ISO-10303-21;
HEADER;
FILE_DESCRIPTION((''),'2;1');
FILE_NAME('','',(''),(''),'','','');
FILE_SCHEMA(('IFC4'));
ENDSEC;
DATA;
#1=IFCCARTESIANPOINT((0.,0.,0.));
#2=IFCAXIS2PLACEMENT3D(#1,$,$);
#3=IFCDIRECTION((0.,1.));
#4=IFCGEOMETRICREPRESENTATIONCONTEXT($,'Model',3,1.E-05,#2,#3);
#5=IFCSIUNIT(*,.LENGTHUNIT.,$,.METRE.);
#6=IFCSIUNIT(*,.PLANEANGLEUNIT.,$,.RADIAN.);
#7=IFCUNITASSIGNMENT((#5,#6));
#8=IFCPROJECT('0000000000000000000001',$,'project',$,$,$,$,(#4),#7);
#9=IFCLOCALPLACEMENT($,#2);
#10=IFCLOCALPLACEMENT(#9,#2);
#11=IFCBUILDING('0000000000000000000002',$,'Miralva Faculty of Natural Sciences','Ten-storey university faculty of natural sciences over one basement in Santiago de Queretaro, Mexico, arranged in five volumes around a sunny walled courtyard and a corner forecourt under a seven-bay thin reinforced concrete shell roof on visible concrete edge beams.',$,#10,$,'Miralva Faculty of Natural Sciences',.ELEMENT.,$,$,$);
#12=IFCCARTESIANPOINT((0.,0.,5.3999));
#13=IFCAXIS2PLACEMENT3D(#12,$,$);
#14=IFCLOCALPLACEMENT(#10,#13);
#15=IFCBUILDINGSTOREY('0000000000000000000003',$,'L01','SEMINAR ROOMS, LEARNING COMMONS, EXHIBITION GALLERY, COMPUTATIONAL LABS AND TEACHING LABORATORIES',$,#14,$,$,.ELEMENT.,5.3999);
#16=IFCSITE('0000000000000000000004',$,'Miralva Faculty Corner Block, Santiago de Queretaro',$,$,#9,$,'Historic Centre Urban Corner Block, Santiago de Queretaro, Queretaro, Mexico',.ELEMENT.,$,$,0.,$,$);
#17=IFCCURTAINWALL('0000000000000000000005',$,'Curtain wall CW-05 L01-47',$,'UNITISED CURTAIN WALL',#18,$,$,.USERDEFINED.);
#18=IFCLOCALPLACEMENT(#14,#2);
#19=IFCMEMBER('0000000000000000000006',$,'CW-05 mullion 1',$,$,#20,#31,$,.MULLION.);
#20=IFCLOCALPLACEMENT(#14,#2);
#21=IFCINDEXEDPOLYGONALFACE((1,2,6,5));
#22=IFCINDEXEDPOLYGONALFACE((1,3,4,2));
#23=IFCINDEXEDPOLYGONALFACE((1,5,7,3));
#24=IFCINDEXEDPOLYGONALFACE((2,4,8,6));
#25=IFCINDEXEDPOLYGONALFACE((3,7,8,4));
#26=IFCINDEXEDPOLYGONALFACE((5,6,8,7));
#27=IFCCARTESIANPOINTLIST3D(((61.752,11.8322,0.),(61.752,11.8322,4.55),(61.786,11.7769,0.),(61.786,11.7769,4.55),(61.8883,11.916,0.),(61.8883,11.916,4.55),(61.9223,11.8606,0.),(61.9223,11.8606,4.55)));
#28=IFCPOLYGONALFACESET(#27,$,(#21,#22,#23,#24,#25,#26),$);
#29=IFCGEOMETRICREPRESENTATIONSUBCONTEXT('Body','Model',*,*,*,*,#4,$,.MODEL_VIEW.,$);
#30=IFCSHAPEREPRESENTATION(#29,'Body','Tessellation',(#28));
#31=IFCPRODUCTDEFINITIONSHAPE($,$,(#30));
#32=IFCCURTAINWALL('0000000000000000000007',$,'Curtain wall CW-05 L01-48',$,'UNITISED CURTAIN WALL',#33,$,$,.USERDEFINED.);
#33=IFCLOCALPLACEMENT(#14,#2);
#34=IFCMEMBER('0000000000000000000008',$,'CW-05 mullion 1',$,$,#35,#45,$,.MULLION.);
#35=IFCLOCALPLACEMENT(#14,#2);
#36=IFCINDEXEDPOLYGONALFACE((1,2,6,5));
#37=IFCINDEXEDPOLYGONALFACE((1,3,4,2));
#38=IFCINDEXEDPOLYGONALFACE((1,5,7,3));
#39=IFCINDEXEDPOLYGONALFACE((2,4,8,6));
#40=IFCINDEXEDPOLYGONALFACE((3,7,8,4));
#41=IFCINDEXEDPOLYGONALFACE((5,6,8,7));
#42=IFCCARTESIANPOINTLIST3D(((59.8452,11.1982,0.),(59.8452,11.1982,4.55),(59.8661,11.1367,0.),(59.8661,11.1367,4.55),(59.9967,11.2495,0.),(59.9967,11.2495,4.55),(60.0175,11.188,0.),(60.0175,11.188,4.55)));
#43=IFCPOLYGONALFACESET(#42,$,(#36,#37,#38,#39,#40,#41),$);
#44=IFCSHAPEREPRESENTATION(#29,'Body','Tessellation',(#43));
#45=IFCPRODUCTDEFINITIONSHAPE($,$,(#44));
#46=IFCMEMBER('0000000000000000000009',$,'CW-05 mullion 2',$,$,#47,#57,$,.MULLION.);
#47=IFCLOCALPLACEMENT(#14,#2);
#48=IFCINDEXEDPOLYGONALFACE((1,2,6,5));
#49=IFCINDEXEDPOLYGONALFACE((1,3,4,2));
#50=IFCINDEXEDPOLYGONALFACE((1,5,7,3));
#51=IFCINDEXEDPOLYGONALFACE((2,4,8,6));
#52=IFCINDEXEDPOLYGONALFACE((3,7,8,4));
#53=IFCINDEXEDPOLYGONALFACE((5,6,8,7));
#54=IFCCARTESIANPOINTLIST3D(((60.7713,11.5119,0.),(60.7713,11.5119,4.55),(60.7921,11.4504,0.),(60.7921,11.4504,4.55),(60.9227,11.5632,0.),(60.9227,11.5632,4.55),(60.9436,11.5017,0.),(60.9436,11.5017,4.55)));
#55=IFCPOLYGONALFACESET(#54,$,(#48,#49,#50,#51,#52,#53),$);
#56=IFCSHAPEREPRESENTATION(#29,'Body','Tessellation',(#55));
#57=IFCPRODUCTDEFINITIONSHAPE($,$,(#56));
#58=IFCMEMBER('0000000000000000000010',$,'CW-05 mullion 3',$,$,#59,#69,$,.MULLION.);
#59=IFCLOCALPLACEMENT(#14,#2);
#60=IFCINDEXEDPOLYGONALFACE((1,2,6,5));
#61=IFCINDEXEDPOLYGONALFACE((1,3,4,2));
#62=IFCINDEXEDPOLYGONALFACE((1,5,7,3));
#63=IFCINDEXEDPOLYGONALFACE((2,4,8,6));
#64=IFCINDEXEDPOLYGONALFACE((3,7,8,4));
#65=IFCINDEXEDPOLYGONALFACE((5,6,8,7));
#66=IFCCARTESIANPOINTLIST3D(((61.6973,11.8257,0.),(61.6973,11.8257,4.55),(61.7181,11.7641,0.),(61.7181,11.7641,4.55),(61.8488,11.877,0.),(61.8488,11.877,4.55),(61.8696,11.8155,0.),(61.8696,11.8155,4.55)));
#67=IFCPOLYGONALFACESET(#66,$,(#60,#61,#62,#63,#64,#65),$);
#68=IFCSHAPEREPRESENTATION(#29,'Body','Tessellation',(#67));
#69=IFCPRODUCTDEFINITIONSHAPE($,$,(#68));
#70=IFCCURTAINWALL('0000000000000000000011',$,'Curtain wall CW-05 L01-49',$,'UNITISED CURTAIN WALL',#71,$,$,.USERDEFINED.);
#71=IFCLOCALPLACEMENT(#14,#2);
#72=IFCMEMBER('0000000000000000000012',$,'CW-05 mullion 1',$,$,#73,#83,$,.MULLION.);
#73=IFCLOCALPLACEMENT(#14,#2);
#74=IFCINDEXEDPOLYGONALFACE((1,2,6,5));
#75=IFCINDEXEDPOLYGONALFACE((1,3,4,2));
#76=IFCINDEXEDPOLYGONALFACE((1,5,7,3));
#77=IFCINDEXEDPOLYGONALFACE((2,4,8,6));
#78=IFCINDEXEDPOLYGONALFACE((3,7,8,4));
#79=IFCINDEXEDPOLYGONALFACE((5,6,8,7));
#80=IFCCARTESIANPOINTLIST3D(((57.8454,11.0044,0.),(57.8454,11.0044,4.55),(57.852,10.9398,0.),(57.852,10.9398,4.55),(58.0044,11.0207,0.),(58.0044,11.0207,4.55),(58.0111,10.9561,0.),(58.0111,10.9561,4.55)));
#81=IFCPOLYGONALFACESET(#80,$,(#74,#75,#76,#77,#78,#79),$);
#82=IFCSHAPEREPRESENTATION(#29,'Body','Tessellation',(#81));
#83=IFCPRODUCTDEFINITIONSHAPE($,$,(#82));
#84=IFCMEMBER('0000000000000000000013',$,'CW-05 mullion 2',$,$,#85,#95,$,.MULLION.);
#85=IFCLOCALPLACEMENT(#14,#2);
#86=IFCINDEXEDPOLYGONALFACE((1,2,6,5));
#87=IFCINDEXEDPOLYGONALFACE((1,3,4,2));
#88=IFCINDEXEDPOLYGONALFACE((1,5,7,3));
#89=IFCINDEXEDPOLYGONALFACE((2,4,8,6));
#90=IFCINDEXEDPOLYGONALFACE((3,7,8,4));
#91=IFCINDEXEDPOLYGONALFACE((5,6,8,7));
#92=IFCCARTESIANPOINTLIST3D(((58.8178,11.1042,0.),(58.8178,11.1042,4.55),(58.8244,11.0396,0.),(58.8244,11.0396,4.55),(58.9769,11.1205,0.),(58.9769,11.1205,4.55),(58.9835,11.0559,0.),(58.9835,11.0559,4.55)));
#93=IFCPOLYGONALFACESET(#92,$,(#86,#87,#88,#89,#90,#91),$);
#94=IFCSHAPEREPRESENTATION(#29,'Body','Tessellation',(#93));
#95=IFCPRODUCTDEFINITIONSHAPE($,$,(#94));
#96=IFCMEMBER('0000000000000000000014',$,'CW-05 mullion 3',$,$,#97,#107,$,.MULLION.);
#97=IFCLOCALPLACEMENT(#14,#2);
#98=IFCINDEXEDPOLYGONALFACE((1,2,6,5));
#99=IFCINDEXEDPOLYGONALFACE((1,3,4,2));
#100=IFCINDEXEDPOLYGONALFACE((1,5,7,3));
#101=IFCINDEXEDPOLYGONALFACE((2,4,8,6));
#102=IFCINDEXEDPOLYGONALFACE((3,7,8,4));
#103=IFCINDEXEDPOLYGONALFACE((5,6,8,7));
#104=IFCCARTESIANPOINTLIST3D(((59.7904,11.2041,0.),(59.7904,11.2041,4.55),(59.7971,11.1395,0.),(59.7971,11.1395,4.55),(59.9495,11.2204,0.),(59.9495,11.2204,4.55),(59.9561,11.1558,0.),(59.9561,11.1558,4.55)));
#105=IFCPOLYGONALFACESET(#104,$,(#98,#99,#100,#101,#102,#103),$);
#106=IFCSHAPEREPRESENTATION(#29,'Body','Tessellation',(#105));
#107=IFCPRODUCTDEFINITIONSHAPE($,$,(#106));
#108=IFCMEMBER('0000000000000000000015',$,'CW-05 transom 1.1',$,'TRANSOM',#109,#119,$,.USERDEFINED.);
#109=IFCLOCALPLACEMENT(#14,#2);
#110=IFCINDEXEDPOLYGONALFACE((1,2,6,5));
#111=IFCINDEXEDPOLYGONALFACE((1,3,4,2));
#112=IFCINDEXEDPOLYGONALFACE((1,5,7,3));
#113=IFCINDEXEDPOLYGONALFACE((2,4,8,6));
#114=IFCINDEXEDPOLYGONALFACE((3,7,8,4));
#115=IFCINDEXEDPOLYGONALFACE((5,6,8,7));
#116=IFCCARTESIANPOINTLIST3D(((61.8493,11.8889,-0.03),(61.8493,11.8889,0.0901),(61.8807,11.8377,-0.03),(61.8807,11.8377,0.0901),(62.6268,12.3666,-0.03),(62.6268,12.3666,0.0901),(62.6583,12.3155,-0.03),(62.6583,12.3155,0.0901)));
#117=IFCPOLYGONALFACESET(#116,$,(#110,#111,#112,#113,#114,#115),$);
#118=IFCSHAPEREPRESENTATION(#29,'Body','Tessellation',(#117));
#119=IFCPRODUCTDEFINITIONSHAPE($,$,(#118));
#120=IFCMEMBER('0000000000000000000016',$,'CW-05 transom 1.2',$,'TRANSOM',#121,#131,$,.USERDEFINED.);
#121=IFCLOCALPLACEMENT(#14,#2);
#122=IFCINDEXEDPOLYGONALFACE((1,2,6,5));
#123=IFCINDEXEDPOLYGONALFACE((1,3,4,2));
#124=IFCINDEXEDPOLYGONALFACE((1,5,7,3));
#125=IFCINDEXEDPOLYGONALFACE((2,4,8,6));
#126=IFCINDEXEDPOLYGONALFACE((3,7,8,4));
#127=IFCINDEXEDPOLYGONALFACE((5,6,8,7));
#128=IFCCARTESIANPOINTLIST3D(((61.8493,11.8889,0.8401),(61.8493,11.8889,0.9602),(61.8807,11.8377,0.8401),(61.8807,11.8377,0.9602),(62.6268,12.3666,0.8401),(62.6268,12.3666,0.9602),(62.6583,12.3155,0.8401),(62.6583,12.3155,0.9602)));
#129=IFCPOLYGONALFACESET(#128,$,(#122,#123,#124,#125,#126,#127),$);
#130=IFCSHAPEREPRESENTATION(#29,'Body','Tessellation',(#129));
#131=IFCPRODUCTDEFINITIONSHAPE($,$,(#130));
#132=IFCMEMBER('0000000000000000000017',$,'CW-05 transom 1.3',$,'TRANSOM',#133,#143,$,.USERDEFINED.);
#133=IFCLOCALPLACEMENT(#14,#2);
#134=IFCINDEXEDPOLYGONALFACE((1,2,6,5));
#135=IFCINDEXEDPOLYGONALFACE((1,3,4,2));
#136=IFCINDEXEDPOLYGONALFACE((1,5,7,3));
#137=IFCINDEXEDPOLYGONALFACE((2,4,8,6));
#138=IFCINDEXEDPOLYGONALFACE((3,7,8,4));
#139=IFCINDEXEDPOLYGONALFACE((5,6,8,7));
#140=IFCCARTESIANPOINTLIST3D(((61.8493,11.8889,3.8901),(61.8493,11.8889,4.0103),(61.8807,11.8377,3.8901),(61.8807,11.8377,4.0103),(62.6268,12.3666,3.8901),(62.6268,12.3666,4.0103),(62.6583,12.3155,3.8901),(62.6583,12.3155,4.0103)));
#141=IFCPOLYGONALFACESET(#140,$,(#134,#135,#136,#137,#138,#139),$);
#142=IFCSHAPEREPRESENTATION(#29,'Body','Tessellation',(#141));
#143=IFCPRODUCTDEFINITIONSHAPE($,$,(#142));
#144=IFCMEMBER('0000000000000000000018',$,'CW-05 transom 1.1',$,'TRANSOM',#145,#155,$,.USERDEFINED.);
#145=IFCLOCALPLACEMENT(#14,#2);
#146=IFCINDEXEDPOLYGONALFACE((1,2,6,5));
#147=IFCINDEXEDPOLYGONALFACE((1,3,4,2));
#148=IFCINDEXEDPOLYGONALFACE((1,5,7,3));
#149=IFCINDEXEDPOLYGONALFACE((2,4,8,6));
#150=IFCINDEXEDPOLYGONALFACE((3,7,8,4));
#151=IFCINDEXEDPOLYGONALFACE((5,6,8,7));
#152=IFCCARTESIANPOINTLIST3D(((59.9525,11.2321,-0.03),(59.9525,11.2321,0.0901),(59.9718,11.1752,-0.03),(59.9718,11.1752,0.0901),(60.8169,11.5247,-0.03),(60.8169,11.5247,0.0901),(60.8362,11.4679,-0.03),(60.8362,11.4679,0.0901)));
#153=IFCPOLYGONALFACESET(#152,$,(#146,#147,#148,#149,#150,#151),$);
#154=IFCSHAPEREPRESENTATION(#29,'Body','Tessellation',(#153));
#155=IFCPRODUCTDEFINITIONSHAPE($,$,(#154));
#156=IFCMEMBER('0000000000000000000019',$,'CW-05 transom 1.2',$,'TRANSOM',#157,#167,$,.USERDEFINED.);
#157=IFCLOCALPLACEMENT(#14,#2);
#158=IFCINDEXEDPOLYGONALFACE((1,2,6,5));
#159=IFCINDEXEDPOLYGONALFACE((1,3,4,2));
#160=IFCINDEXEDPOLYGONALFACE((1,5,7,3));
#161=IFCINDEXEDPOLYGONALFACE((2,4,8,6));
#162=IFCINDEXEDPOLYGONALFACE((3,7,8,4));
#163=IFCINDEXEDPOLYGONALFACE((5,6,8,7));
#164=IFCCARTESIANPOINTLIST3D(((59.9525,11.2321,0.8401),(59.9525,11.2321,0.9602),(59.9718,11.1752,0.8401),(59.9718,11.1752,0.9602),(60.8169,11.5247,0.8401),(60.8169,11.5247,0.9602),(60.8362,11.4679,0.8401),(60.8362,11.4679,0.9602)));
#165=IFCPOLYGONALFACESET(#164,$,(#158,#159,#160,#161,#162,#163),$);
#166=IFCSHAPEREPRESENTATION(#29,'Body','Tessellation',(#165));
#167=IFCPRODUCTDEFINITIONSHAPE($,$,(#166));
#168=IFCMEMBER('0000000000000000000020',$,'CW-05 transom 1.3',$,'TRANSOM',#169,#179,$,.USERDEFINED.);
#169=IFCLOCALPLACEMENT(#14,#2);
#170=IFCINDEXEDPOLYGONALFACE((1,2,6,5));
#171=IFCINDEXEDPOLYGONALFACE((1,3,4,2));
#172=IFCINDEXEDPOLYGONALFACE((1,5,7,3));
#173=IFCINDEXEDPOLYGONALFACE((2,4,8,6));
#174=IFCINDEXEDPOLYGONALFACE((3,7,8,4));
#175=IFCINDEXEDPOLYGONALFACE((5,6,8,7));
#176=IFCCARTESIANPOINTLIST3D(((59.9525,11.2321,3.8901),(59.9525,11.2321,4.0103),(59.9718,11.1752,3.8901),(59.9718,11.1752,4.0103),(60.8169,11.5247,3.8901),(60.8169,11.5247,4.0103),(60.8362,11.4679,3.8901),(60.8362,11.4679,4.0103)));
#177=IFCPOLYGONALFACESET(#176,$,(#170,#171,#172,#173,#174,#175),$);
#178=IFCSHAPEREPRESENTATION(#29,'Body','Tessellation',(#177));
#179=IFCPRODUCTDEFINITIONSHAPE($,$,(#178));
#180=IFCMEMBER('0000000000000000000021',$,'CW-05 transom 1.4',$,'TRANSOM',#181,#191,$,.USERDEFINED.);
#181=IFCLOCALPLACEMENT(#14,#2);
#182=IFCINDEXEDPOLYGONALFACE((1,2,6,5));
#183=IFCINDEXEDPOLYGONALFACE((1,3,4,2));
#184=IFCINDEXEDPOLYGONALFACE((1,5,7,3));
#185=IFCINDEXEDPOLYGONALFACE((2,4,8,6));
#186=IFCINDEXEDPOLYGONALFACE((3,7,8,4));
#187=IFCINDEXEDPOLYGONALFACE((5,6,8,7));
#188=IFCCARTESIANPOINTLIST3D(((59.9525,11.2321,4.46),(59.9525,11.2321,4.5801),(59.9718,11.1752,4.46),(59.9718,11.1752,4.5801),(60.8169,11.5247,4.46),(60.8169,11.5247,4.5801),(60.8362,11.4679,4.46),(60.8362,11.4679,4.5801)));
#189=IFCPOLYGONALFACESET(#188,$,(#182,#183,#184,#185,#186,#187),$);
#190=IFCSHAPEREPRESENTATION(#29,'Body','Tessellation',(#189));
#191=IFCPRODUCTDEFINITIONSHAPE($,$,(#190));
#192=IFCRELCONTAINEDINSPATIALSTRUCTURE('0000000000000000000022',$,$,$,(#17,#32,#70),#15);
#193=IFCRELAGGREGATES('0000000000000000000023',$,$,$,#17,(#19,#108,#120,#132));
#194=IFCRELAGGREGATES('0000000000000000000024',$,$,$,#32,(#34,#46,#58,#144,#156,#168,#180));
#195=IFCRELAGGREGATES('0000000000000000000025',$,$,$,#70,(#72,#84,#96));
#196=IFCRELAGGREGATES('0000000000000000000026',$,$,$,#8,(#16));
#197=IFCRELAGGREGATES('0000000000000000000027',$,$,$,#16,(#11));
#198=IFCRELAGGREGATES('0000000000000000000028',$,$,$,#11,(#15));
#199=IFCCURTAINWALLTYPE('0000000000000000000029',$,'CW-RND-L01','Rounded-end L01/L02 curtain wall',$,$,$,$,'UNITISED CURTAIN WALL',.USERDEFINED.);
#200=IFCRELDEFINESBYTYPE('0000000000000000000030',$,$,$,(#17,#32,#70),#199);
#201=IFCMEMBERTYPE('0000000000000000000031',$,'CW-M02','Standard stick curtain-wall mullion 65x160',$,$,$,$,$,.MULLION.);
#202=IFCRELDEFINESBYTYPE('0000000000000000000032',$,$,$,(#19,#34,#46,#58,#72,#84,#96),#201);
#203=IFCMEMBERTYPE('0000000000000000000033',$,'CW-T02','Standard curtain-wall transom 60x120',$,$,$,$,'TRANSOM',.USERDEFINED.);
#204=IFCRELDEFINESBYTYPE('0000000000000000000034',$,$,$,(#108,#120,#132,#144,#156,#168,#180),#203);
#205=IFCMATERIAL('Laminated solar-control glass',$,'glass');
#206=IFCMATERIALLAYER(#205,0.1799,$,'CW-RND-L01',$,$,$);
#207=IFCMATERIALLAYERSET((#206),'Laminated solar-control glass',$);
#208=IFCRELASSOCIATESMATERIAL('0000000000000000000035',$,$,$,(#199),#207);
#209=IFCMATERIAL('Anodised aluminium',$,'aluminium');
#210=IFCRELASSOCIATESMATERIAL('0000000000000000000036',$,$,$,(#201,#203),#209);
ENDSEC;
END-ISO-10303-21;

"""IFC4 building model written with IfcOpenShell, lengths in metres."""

from ifc_helpers import new_model, si_unit, direction, frame, origin, origin_2d, place, context, subcontext, project, spatial, rectangle, extrude, material, layer, layer_set, material_profile, profile_set, type_object, element, aggregate, save


model = new_model("IFC4")

# Units and contexts
model_context = context("Model", 3, precision=1e-05, world=origin(), true_north=direction((0.0, 1.0)))
body_context = subcontext(model_context, "Body", "Model", "MODEL_VIEW")
ifc_project = project(units=[si_unit("LENGTHUNIT", "METRE"), si_unit("PLANEANGLEUNIT", "RADIAN")], contexts=[model_context])

# Site, building, storey
site_placement = place(None, origin())
site = spatial("IfcSite", under=ifc_project, at=site_placement, Name="Miralva Faculty Corner Block, Santiago de Queretaro", LongName="Historic Centre Urban Corner Block, Santiago de Queretaro, Queretaro, Mexico", CompositionType="ELEMENT", RefElevation=0.0)
building_placement = place(site_placement, origin())
building = spatial("IfcBuilding", under=site, at=building_placement, Name="Miralva Faculty of Natural Sciences", Description="Ten-storey university faculty of natural sciences over one basement in Santiago de Queretaro, Mexico, arranged in five volumes around a sunny walled courtyard and a corner forecourt under a seven-bay thin reinforced concrete shell roof on visible concrete edge beams.", LongName="Miralva Faculty of Natural Sciences", CompositionType="ELEMENT")
storey_placement = place(building_placement, frame((0.0, 0.0, 5.3999)))
storey = spatial("IfcBuildingStorey", under=building, at=storey_placement, Name="L01", Description="SEMINAR ROOMS, LEARNING COMMONS, EXHIBITION GALLERY, COMPUTATIONAL LABS AND TEACHING LABORATORIES", CompositionType="ELEMENT", Elevation=5.3999)

# Curtain wall, member
ifc_material_1 = material(Name="Laminated solar-control glass", Category="glass")
ifc_layer_1 = layer(ifc_material_1, 0.1799, Name="CW-RND-L01")
ifc_layer_set_1 = layer_set([ifc_layer_1], Name="Laminated solar-control glass")
curtain_wall_type = type_object("IfcCurtainWallType", Name="CW-RND-L01", Description="Rounded-end L01/L02 curtain wall", ElementType="UNITISED CURTAIN WALL", PredefinedType="USERDEFINED", material=ifc_layer_set_1)
curtain_wall_1_placement = place(storey_placement, origin())
curtain_wall_1 = element("IfcCurtainWall", 1, at=curtain_wall_1_placement, inside=storey, type_object=curtain_wall_type, Name="Curtain wall CW-05 L01-47", ObjectType="UNITISED CURTAIN WALL", PredefinedType="USERDEFINED")
ifc_material_2 = material(Name="Anodised aluminium", Category="aluminium")
ifc_material_profile_1 = material_profile(ifc_material_2, rectangle(XDim=0.0649, YDim=0.1599, at=origin_2d()), Name="MULLION 65x160")
ifc_profile_set_1 = profile_set([ifc_material_profile_1], Name="Anodised aluminium")
member_type_1 = type_object("IfcMemberType", Name="CW-M02", Description="Standard stick curtain-wall mullion 65x160", PredefinedType="MULLION", material=ifc_profile_set_1)
member_1_placement = place(storey_placement, frame((61.8372, 11.8464, 0.0), z_axis=(0.0, 0.0, 1.0), x_axis=(-0.523551, 0.851995, 0.0)))
member_1 = element("IfcMember", 2, at=member_1_placement, type_object=member_type_1, Name="CW-05 mullion 1", PredefinedType="MULLION", context=body_context, shape_type="SweptSolid", body=[
    extrude(rectangle(XDim=0.0649, YDim=0.1599, at=origin_2d()), origin(), (0.0, 0.0, 1.0), 4.55),
])

# Curtain walls, members
curtain_wall_2_placement = place(storey_placement, origin())
curtain_wall_2 = element("IfcCurtainWall", 3, at=curtain_wall_2_placement, inside=storey, type_object=curtain_wall_type, Name="Curtain wall CW-05 L01-48", ObjectType="UNITISED CURTAIN WALL", PredefinedType="USERDEFINED")
member_2_placement = place(storey_placement, frame((59.9314, 11.1931, 0.0), z_axis=(0.0, 0.0, 1.0), x_axis=(-0.320842, 0.947133, 0.0)))
member_2 = element("IfcMember", 4, at=member_2_placement, type_object=member_type_1, Name="CW-05 mullion 1", PredefinedType="MULLION", context=body_context, shape_type="SweptSolid", body=[
    extrude(rectangle(XDim=0.0649, YDim=0.1599, at=origin_2d()), origin(), (0.0, 0.0, 1.0), 4.55),
])
member_3_placement = place(storey_placement, frame((60.8574, 11.5068, 0.0), z_axis=(0.0, 0.0, 1.0), x_axis=(-0.320842, 0.947133, 0.0)))
member_3 = element("IfcMember", 5, at=member_3_placement, type_object=member_type_1, Name="CW-05 mullion 2", PredefinedType="MULLION", context=body_context, shape_type="SweptSolid", body=[
    extrude(rectangle(XDim=0.0649, YDim=0.1599, at=origin_2d()), origin(), (0.0, 0.0, 1.0), 4.55),
])
member_4_placement = place(storey_placement, frame((61.7834, 11.8206, 0.0), z_axis=(0.0, 0.0, 1.0), x_axis=(-0.320842, 0.947133, 0.0)))
member_4 = element("IfcMember", 6, at=member_4_placement, type_object=member_type_1, Name="CW-05 mullion 3", PredefinedType="MULLION", context=body_context, shape_type="SweptSolid", body=[
    extrude(rectangle(XDim=0.0649, YDim=0.1599, at=origin_2d()), origin(), (0.0, 0.0, 1.0), 4.55),
])
curtain_wall_3_placement = place(storey_placement, origin())
curtain_wall_3 = element("IfcCurtainWall", 7, at=curtain_wall_3_placement, inside=storey, type_object=curtain_wall_type, Name="Curtain wall CW-05 L01-49", ObjectType="UNITISED CURTAIN WALL", PredefinedType="USERDEFINED")
member_5_placement = place(storey_placement, frame((57.9282, 10.9802, 0.0), z_axis=(0.0, 0.0, 1.0), x_axis=(-0.102056, 0.994779, 0.0)))
member_5 = element("IfcMember", 8, at=member_5_placement, type_object=member_type_1, Name="CW-05 mullion 1", PredefinedType="MULLION", context=body_context, shape_type="SweptSolid", body=[
    extrude(rectangle(XDim=0.0649, YDim=0.1599, at=origin_2d()), origin(), (0.0, 0.0, 1.0), 4.55),
])
member_6_placement = place(storey_placement, frame((58.9006, 11.0801, 0.0), z_axis=(0.0, 0.0, 1.0), x_axis=(-0.102056, 0.994779, 0.0)))
member_6 = element("IfcMember", 9, at=member_6_placement, type_object=member_type_1, Name="CW-05 mullion 2", PredefinedType="MULLION", context=body_context, shape_type="SweptSolid", body=[
    extrude(rectangle(XDim=0.0649, YDim=0.1599, at=origin_2d()), origin(), (0.0, 0.0, 1.0), 4.55),
])
member_7_placement = place(storey_placement, frame((59.8733, 11.1799, 0.0), z_axis=(0.0, 0.0, 1.0), x_axis=(-0.102056, 0.994779, 0.0)))
member_7 = element("IfcMember", 10, at=member_7_placement, type_object=member_type_1, Name="CW-05 mullion 3", PredefinedType="MULLION", context=body_context, shape_type="SweptSolid", body=[
    extrude(rectangle(XDim=0.0649, YDim=0.1599, at=origin_2d()), origin(), (0.0, 0.0, 1.0), 4.55),
])

# Members
ifc_material_profile_2 = material_profile(ifc_material_2, rectangle(XDim=0.0601, YDim=0.1201, at=origin_2d()), Name="TRANSOM 60x120")
ifc_profile_set_2 = profile_set([ifc_material_profile_2], Name="Anodised aluminium")
member_type_2 = type_object("IfcMemberType", Name="CW-T02", Description="Standard curtain-wall transom 60x120", ElementType="TRANSOM", PredefinedType="USERDEFINED", material=ifc_profile_set_2)
member_8_placement = place(storey_placement, frame((61.865, 11.8633, 0.03), z_axis=(0.852016, 0.523515, 0.0), x_axis=(-0.523515, 0.852016, 0.0)))
member_8 = element("IfcMember", 11, at=member_8_placement, type_object=member_type_2, Name="CW-05 transom 1.1", ObjectType="TRANSOM", PredefinedType="USERDEFINED", context=body_context, shape_type="SweptSolid", body=[
    extrude(rectangle(XDim=0.0601, YDim=0.1201, at=origin_2d()), origin(), (0.0, 0.0, 1.0), 0.9126),
])
member_9_placement = place(storey_placement, frame((61.865, 11.8633, 0.9001), z_axis=(0.852016, 0.523515, 0.0), x_axis=(-0.523515, 0.852016, 0.0)))
member_9 = element("IfcMember", 12, at=member_9_placement, type_object=member_type_2, Name="CW-05 transom 1.2", ObjectType="TRANSOM", PredefinedType="USERDEFINED", context=body_context, shape_type="SweptSolid", body=[
    extrude(rectangle(XDim=0.0601, YDim=0.1201, at=origin_2d()), origin(), (0.0, 0.0, 1.0), 0.9126),
])
member_10_placement = place(storey_placement, frame((61.865, 11.8633, 3.9502), z_axis=(0.852016, 0.523515, 0.0), x_axis=(-0.523515, 0.852016, 0.0)))
member_10 = element("IfcMember", 13, at=member_10_placement, type_object=member_type_2, Name="CW-05 transom 1.3", ObjectType="TRANSOM", PredefinedType="USERDEFINED", context=body_context, shape_type="SweptSolid", body=[
    extrude(rectangle(XDim=0.0601, YDim=0.1201, at=origin_2d()), origin(), (0.0, 0.0, 1.0), 0.9126),
])
aggregate(curtain_wall_1, [member_1, member_8, member_9, member_10])
member_11_placement = place(storey_placement, frame((59.9622, 11.2036, 0.03), z_axis=(0.947175, 0.320718, 0.0), x_axis=(-0.320718, 0.947175, 0.0)))
member_11 = element("IfcMember", 14, at=member_11_placement, type_object=member_type_2, Name="CW-05 transom 1.1", ObjectType="TRANSOM", PredefinedType="USERDEFINED", context=body_context, shape_type="SweptSolid", body=[
    extrude(rectangle(XDim=0.0601, YDim=0.1201, at=origin_2d()), origin(), (0.0, 0.0, 1.0), 0.9126),
])
member_12_placement = place(storey_placement, frame((59.9622, 11.2036, 0.9001), z_axis=(0.947175, 0.320718, 0.0), x_axis=(-0.320718, 0.947175, 0.0)))
member_12 = element("IfcMember", 15, at=member_12_placement, type_object=member_type_2, Name="CW-05 transom 1.2", ObjectType="TRANSOM", PredefinedType="USERDEFINED", context=body_context, shape_type="SweptSolid", body=[
    extrude(rectangle(XDim=0.0601, YDim=0.1201, at=origin_2d()), origin(), (0.0, 0.0, 1.0), 0.9126),
])
member_13_placement = place(storey_placement, frame((59.9622, 11.2036, 3.9502), z_axis=(0.947175, 0.320718, 0.0), x_axis=(-0.320718, 0.947175, 0.0)))
member_13 = element("IfcMember", 16, at=member_13_placement, type_object=member_type_2, Name="CW-05 transom 1.3", ObjectType="TRANSOM", PredefinedType="USERDEFINED", context=body_context, shape_type="SweptSolid", body=[
    extrude(rectangle(XDim=0.0601, YDim=0.1201, at=origin_2d()), origin(), (0.0, 0.0, 1.0), 0.9126),
])
member_14_placement = place(storey_placement, frame((59.9622, 11.2036, 4.52), z_axis=(0.947175, 0.320718, 0.0), x_axis=(-0.320718, 0.947175, 0.0)))
member_14 = element("IfcMember", 17, at=member_14_placement, type_object=member_type_2, Name="CW-05 transom 1.4", ObjectType="TRANSOM", PredefinedType="USERDEFINED", context=body_context, shape_type="SweptSolid", body=[
    extrude(rectangle(XDim=0.0601, YDim=0.1201, at=origin_2d()), origin(), (0.0, 0.0, 1.0), 0.9126),
])

aggregate(curtain_wall_2, [member_2, member_3, member_4, member_11, member_12, member_13, member_14])
aggregate(curtain_wall_3, [member_5, member_6, member_7])

save(model, "model.ifc")
